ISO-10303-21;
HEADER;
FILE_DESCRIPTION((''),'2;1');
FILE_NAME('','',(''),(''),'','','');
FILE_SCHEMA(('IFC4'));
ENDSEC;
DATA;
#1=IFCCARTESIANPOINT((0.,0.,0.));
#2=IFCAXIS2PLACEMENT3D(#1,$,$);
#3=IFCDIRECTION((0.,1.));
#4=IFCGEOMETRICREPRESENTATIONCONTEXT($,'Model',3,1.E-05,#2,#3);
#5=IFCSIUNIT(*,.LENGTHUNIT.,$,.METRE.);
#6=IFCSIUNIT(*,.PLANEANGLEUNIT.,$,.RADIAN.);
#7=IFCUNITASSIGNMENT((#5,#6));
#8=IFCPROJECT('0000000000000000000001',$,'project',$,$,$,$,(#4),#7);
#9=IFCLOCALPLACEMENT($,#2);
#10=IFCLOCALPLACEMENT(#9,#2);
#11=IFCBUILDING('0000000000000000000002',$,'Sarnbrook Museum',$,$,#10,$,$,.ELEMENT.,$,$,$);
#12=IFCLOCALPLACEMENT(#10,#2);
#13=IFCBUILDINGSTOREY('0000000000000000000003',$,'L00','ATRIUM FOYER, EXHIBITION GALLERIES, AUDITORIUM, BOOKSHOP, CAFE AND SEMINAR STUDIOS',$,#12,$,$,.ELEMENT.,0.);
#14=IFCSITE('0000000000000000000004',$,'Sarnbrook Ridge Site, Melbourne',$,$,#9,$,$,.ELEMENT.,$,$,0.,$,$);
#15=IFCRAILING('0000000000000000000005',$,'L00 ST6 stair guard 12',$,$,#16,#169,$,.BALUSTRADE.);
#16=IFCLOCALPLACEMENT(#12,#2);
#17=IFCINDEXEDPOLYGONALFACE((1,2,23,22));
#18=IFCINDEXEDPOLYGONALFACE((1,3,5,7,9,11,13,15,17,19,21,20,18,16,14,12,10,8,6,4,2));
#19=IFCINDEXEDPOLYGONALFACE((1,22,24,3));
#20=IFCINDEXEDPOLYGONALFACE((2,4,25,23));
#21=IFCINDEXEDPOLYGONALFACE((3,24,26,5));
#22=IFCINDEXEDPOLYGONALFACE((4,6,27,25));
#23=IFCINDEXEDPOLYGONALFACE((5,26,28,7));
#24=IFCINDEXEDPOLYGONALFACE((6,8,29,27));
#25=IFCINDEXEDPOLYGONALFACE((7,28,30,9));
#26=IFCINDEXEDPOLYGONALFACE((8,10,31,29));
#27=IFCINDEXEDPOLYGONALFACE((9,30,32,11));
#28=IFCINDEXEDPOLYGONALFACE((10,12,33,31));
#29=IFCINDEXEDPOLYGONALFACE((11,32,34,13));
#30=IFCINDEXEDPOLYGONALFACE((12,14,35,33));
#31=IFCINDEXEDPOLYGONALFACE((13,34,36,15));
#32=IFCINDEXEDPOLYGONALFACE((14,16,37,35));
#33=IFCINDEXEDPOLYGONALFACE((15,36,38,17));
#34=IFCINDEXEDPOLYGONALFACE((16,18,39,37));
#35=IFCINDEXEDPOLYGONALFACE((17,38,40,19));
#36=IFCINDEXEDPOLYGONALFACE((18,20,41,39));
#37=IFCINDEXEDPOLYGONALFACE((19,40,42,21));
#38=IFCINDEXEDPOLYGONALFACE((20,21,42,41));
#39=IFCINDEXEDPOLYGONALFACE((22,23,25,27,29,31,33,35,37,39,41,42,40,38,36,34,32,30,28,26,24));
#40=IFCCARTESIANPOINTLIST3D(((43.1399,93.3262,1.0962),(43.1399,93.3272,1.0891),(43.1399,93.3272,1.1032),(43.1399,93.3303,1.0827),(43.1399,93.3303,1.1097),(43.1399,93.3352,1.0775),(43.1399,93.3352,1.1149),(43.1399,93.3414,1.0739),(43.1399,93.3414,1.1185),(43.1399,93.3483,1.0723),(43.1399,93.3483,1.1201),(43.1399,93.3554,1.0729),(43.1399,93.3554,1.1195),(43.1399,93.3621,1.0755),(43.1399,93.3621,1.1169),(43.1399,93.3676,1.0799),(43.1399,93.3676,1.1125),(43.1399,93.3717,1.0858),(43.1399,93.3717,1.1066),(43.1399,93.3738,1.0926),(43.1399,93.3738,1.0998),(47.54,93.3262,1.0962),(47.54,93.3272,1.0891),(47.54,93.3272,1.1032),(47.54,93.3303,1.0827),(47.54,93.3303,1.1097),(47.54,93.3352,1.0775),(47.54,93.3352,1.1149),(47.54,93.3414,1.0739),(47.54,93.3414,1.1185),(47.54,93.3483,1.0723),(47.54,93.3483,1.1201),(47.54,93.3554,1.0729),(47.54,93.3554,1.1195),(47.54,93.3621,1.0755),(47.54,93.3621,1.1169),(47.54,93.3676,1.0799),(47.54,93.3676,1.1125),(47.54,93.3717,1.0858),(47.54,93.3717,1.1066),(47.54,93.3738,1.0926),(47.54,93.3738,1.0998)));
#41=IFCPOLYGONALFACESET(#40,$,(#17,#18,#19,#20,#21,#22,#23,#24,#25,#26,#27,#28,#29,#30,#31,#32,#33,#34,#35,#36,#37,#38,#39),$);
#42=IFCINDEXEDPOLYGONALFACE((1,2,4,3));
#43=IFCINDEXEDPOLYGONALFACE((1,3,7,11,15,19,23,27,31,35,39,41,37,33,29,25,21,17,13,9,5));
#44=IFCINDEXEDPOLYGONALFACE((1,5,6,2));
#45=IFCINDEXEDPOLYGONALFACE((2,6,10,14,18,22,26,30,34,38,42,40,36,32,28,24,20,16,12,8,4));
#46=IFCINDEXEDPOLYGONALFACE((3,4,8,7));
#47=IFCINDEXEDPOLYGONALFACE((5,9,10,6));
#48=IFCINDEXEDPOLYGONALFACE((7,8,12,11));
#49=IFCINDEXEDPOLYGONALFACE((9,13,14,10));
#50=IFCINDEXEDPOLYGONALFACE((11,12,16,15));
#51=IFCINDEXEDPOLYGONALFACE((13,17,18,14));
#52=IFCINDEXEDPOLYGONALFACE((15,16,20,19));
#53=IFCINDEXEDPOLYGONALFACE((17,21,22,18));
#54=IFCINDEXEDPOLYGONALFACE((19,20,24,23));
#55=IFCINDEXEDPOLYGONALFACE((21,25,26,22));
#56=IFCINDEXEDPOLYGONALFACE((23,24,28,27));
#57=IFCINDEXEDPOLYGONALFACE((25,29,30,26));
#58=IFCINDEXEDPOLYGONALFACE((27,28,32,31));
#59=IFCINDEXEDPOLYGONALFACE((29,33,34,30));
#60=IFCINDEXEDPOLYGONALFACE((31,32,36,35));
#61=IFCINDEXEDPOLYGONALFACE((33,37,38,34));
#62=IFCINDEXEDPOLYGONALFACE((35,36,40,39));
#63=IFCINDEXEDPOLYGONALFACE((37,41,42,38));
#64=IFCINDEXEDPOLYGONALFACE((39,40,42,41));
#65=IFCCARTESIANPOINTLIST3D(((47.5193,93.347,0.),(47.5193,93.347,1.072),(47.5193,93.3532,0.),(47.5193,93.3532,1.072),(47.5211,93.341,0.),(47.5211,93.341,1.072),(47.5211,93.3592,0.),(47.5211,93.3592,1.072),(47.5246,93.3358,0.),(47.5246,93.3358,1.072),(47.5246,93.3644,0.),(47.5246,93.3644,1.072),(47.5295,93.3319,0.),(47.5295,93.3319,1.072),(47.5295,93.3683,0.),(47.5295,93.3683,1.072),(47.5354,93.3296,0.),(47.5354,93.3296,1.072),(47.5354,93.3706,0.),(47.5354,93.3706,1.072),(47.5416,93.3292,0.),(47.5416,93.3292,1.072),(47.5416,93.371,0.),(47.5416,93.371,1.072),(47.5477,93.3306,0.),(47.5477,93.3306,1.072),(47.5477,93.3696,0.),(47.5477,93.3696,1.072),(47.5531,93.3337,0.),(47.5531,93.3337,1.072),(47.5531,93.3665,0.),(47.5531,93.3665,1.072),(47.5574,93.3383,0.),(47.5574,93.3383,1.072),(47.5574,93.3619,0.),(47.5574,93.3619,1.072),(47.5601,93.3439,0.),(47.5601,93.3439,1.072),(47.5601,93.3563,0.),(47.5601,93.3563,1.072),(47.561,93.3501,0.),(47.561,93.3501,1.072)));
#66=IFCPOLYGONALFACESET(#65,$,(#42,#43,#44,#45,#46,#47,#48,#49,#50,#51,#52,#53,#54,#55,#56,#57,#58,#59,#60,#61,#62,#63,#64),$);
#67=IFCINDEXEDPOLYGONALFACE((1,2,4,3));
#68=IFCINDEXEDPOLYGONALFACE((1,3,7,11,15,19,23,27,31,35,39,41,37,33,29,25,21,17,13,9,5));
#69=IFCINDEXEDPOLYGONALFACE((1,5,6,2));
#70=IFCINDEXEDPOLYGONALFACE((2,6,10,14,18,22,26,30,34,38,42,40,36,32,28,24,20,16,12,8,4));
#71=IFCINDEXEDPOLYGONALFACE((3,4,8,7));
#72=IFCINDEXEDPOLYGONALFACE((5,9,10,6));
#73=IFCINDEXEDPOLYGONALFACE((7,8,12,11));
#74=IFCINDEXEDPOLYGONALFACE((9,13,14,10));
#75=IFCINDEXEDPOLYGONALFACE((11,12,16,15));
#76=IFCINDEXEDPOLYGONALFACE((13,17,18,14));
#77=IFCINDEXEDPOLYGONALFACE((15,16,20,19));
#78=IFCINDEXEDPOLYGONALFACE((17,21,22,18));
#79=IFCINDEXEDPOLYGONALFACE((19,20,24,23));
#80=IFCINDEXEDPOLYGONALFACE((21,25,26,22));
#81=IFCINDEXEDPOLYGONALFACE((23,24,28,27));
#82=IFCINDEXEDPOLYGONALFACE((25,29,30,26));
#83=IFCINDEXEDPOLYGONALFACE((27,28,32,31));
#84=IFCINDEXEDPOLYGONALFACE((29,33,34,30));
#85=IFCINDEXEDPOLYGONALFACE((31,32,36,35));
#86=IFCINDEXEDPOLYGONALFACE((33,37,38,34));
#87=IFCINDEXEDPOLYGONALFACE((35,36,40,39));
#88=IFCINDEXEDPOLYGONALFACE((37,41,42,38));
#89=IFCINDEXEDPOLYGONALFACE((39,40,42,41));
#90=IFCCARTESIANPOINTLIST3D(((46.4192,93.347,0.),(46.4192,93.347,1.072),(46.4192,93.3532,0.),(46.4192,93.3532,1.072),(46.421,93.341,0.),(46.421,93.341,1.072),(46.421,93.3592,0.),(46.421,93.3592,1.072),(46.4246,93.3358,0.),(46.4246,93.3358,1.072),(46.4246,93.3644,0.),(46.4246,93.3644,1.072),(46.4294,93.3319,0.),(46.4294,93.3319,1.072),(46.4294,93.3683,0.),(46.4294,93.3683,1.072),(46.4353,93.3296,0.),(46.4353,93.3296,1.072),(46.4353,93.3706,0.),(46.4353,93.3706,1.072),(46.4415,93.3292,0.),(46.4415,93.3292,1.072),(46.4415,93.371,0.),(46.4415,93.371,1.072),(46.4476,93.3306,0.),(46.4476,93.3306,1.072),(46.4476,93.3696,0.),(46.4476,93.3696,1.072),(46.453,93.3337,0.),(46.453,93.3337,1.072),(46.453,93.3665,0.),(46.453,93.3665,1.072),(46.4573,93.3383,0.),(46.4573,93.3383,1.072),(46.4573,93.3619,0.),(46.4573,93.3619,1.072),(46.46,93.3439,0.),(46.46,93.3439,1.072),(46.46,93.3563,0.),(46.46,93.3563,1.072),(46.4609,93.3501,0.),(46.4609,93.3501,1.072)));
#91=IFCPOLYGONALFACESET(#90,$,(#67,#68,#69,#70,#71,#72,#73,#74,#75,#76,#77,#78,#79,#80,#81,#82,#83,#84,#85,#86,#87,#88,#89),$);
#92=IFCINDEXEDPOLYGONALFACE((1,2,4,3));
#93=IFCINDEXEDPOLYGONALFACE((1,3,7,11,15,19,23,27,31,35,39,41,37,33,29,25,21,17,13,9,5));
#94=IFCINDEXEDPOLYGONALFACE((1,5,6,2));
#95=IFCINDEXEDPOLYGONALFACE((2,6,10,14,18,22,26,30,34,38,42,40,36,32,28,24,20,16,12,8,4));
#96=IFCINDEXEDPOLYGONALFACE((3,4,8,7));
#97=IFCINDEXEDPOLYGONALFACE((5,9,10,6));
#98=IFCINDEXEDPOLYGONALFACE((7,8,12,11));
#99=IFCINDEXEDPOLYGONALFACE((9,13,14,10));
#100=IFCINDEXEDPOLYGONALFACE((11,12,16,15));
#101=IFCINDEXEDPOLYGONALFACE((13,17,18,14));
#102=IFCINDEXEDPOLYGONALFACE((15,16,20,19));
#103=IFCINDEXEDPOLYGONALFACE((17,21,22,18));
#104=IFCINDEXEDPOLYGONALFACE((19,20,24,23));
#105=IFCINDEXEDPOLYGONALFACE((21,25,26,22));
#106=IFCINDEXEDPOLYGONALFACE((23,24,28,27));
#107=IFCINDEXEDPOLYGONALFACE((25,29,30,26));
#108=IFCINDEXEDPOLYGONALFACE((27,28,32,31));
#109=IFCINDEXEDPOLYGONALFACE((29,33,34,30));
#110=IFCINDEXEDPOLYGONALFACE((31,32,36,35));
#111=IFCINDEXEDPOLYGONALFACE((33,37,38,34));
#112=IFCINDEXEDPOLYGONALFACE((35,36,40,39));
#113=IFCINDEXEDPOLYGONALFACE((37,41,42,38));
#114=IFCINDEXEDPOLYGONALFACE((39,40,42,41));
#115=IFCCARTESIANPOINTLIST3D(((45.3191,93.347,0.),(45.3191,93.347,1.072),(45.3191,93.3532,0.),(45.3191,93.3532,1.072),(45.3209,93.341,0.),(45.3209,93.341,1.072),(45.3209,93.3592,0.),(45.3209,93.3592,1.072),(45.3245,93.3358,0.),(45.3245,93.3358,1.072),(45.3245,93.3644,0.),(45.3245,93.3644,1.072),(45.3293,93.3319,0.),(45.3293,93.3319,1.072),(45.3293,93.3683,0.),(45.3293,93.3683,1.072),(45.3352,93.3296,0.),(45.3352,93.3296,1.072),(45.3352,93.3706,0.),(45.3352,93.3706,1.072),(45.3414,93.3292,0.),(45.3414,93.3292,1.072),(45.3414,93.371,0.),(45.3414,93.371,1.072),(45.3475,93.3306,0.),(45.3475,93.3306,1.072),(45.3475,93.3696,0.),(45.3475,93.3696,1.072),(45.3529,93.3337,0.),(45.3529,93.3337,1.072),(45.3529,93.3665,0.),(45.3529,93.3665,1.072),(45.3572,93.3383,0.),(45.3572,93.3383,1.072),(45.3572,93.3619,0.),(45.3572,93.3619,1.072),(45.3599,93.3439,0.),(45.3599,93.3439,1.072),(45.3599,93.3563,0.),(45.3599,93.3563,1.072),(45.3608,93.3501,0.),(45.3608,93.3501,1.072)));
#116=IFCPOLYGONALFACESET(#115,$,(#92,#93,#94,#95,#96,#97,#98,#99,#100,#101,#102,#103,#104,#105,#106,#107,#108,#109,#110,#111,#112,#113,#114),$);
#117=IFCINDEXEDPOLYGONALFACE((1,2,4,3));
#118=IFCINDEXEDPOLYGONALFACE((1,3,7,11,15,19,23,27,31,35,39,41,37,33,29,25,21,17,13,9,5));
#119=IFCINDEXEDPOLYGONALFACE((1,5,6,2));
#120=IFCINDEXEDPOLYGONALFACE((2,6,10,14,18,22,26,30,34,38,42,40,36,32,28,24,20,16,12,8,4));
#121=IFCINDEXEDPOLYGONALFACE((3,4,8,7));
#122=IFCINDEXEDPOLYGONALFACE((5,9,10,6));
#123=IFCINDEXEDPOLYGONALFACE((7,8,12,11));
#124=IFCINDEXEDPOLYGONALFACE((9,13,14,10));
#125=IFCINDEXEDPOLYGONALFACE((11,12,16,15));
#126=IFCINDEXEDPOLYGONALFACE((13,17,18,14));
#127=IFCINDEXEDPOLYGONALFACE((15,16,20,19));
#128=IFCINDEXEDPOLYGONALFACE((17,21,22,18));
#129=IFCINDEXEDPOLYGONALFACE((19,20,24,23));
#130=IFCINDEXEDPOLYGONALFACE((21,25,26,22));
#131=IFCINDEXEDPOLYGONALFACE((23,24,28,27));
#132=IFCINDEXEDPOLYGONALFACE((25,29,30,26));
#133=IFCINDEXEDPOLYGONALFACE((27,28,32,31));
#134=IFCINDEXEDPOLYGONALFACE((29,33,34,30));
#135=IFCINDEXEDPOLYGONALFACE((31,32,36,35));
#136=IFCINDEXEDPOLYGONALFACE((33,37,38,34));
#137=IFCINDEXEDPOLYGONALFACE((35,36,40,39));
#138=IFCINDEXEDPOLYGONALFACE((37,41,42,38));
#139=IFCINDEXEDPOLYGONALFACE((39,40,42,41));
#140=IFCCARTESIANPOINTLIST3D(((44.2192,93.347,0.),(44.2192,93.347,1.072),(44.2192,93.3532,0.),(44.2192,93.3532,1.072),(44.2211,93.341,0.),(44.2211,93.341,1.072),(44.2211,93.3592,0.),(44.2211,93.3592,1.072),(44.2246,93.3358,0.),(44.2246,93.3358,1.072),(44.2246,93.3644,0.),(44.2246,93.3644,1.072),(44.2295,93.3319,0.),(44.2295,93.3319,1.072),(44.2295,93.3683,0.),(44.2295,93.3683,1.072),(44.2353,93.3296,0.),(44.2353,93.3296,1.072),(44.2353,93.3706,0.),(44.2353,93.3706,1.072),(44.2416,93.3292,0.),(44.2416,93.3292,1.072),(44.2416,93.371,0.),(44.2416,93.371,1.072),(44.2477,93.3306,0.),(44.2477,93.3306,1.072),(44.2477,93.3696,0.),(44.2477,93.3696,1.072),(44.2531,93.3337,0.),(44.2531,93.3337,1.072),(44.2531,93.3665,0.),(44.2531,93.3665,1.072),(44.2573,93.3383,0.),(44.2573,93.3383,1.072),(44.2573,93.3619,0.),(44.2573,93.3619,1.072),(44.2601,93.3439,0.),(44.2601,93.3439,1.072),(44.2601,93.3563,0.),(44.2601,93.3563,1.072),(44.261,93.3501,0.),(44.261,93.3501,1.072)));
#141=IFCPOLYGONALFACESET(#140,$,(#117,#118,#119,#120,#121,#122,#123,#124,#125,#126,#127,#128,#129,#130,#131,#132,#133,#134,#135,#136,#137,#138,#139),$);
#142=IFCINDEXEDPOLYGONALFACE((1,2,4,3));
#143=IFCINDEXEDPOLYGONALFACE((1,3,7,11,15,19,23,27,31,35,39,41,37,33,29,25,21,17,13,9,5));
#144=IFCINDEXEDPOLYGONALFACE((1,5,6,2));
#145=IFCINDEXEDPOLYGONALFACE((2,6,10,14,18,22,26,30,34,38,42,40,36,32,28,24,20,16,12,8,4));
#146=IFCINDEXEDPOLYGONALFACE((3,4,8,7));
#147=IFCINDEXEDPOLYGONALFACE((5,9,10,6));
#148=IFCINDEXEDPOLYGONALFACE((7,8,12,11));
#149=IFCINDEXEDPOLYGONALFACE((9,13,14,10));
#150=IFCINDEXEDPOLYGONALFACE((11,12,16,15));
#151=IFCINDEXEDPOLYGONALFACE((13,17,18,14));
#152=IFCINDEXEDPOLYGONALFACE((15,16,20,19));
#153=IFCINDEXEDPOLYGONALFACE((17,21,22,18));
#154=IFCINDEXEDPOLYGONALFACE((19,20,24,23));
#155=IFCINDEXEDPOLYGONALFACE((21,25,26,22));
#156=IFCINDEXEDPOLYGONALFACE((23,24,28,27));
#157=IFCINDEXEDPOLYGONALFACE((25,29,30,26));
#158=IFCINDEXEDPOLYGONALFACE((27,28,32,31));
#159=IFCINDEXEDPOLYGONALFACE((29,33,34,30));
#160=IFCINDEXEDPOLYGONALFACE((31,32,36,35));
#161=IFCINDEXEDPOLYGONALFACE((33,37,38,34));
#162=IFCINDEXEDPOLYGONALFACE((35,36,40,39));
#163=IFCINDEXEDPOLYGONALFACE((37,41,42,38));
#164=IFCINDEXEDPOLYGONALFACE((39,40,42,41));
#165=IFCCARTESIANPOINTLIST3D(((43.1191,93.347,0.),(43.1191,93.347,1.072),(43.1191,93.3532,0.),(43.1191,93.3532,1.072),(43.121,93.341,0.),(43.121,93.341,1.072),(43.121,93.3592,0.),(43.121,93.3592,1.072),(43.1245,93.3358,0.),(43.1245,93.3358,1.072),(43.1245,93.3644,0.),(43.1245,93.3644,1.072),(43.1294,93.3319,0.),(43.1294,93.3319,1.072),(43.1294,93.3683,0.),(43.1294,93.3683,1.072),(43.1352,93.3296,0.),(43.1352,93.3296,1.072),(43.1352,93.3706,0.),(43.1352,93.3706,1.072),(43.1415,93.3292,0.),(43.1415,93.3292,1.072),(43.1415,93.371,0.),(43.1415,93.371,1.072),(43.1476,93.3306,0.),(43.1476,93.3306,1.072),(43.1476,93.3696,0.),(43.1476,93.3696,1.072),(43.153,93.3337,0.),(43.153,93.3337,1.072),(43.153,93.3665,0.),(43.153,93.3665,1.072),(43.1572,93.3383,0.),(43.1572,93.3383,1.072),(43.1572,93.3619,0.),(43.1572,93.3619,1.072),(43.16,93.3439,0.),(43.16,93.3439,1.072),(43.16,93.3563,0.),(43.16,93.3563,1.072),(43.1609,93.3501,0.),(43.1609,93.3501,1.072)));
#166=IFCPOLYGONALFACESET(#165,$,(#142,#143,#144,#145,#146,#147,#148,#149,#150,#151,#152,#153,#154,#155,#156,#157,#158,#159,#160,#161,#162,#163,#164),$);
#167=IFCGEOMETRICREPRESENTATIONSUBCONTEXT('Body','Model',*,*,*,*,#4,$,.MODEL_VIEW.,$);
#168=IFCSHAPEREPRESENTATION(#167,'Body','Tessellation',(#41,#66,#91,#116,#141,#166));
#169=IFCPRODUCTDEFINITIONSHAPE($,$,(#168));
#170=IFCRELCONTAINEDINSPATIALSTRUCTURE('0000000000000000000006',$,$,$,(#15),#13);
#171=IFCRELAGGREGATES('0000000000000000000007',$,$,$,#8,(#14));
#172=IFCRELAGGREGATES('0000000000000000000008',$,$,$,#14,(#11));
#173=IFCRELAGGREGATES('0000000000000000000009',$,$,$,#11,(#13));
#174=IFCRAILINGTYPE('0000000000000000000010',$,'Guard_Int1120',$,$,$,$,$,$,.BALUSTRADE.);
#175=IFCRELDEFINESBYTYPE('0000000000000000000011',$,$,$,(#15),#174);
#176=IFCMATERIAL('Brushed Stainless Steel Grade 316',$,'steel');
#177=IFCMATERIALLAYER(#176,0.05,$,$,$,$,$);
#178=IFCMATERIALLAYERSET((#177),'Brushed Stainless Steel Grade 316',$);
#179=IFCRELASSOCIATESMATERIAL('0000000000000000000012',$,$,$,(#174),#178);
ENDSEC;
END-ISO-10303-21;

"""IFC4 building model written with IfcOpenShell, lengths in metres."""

from ifc_helpers import new_model, si_unit, direction, frame, origin, origin_2d, place, context, subcontext, project, spatial, circle, extrude, material, layer, layer_set, type_object, element, save


model = new_model("IFC4")

# Units and contexts
model_context = context("Model", 3, precision=1e-05, world=origin(), true_north=direction((0.0, 1.0)))
body_context = subcontext(model_context, "Body", "Model", "MODEL_VIEW")
ifc_project = project(units=[si_unit("LENGTHUNIT", "METRE"), si_unit("PLANEANGLEUNIT", "RADIAN")], contexts=[model_context])

# Site, building, storey
site_placement = place(None, origin())
site = spatial("IfcSite", under=ifc_project, at=site_placement, Name="Sarnbrook Ridge Site, Melbourne", CompositionType="ELEMENT", RefElevation=0.0)
building_placement = place(site_placement, origin())
building = spatial("IfcBuilding", under=site, at=building_placement, Name="Sarnbrook Museum", CompositionType="ELEMENT")
storey_placement = place(building_placement, origin())
storey = spatial("IfcBuildingStorey", under=building, at=storey_placement, Name="L00", Description="ATRIUM FOYER, EXHIBITION GALLERIES, AUDITORIUM, BOOKSHOP, CAFE AND SEMINAR STUDIOS", CompositionType="ELEMENT", Elevation=0.0)

# Railing
ifc_material_1 = material(Name="Brushed Stainless Steel Grade 316", Category="steel")
ifc_layer_1 = layer(ifc_material_1, 0.05)
ifc_layer_set_1 = layer_set([ifc_layer_1], Name="Brushed Stainless Steel Grade 316")
railing_type_1 = type_object("IfcRailingType", Name="Guard_Int1120", PredefinedType="BALUSTRADE", material=ifc_layer_set_1)
railing_1_placement = place(storey_placement, frame((47.54, 93.3501, 0.0)))
element("IfcRailing", 1, at=railing_1_placement, inside=storey, type_object=railing_type_1, Name="L00 ST6 stair guard 12", PredefinedType="BALUSTRADE", context=body_context, shape_type="SweptSolid", body=[
    extrude(circle(Radius=0.0239, at=origin_2d()), frame((0.0, 0.0, 1.0962), z_axis=(-1.0, 0.0, 0.0), x_axis=(0.0, -1.0, 0.0)), (0.0, 0.0, 1.0), 4.4001),
    extrude(circle(Radius=0.021, at=origin_2d()), origin(), (0.0, 0.0, 1.0), 1.072),
    extrude(circle(Radius=0.021, at=origin_2d()), frame((-1.1001, 0.0, 0.0)), (0.0, 0.0, 1.0), 1.072),
    extrude(circle(Radius=0.021, at=origin_2d()), frame((-2.2002, 0.0, 0.0)), (0.0, 0.0, 1.0), 1.072),
    extrude(circle(Radius=0.021, at=origin_2d()), frame((-3.3, 0.0, 0.0)), (0.0, 0.0, 1.0), 1.072),
    extrude(circle(Radius=0.021, at=origin_2d()), frame((-4.4001, 0.0, 0.0)), (0.0, 0.0, 1.0), 1.072),
])

save(model, "model.ifc")
